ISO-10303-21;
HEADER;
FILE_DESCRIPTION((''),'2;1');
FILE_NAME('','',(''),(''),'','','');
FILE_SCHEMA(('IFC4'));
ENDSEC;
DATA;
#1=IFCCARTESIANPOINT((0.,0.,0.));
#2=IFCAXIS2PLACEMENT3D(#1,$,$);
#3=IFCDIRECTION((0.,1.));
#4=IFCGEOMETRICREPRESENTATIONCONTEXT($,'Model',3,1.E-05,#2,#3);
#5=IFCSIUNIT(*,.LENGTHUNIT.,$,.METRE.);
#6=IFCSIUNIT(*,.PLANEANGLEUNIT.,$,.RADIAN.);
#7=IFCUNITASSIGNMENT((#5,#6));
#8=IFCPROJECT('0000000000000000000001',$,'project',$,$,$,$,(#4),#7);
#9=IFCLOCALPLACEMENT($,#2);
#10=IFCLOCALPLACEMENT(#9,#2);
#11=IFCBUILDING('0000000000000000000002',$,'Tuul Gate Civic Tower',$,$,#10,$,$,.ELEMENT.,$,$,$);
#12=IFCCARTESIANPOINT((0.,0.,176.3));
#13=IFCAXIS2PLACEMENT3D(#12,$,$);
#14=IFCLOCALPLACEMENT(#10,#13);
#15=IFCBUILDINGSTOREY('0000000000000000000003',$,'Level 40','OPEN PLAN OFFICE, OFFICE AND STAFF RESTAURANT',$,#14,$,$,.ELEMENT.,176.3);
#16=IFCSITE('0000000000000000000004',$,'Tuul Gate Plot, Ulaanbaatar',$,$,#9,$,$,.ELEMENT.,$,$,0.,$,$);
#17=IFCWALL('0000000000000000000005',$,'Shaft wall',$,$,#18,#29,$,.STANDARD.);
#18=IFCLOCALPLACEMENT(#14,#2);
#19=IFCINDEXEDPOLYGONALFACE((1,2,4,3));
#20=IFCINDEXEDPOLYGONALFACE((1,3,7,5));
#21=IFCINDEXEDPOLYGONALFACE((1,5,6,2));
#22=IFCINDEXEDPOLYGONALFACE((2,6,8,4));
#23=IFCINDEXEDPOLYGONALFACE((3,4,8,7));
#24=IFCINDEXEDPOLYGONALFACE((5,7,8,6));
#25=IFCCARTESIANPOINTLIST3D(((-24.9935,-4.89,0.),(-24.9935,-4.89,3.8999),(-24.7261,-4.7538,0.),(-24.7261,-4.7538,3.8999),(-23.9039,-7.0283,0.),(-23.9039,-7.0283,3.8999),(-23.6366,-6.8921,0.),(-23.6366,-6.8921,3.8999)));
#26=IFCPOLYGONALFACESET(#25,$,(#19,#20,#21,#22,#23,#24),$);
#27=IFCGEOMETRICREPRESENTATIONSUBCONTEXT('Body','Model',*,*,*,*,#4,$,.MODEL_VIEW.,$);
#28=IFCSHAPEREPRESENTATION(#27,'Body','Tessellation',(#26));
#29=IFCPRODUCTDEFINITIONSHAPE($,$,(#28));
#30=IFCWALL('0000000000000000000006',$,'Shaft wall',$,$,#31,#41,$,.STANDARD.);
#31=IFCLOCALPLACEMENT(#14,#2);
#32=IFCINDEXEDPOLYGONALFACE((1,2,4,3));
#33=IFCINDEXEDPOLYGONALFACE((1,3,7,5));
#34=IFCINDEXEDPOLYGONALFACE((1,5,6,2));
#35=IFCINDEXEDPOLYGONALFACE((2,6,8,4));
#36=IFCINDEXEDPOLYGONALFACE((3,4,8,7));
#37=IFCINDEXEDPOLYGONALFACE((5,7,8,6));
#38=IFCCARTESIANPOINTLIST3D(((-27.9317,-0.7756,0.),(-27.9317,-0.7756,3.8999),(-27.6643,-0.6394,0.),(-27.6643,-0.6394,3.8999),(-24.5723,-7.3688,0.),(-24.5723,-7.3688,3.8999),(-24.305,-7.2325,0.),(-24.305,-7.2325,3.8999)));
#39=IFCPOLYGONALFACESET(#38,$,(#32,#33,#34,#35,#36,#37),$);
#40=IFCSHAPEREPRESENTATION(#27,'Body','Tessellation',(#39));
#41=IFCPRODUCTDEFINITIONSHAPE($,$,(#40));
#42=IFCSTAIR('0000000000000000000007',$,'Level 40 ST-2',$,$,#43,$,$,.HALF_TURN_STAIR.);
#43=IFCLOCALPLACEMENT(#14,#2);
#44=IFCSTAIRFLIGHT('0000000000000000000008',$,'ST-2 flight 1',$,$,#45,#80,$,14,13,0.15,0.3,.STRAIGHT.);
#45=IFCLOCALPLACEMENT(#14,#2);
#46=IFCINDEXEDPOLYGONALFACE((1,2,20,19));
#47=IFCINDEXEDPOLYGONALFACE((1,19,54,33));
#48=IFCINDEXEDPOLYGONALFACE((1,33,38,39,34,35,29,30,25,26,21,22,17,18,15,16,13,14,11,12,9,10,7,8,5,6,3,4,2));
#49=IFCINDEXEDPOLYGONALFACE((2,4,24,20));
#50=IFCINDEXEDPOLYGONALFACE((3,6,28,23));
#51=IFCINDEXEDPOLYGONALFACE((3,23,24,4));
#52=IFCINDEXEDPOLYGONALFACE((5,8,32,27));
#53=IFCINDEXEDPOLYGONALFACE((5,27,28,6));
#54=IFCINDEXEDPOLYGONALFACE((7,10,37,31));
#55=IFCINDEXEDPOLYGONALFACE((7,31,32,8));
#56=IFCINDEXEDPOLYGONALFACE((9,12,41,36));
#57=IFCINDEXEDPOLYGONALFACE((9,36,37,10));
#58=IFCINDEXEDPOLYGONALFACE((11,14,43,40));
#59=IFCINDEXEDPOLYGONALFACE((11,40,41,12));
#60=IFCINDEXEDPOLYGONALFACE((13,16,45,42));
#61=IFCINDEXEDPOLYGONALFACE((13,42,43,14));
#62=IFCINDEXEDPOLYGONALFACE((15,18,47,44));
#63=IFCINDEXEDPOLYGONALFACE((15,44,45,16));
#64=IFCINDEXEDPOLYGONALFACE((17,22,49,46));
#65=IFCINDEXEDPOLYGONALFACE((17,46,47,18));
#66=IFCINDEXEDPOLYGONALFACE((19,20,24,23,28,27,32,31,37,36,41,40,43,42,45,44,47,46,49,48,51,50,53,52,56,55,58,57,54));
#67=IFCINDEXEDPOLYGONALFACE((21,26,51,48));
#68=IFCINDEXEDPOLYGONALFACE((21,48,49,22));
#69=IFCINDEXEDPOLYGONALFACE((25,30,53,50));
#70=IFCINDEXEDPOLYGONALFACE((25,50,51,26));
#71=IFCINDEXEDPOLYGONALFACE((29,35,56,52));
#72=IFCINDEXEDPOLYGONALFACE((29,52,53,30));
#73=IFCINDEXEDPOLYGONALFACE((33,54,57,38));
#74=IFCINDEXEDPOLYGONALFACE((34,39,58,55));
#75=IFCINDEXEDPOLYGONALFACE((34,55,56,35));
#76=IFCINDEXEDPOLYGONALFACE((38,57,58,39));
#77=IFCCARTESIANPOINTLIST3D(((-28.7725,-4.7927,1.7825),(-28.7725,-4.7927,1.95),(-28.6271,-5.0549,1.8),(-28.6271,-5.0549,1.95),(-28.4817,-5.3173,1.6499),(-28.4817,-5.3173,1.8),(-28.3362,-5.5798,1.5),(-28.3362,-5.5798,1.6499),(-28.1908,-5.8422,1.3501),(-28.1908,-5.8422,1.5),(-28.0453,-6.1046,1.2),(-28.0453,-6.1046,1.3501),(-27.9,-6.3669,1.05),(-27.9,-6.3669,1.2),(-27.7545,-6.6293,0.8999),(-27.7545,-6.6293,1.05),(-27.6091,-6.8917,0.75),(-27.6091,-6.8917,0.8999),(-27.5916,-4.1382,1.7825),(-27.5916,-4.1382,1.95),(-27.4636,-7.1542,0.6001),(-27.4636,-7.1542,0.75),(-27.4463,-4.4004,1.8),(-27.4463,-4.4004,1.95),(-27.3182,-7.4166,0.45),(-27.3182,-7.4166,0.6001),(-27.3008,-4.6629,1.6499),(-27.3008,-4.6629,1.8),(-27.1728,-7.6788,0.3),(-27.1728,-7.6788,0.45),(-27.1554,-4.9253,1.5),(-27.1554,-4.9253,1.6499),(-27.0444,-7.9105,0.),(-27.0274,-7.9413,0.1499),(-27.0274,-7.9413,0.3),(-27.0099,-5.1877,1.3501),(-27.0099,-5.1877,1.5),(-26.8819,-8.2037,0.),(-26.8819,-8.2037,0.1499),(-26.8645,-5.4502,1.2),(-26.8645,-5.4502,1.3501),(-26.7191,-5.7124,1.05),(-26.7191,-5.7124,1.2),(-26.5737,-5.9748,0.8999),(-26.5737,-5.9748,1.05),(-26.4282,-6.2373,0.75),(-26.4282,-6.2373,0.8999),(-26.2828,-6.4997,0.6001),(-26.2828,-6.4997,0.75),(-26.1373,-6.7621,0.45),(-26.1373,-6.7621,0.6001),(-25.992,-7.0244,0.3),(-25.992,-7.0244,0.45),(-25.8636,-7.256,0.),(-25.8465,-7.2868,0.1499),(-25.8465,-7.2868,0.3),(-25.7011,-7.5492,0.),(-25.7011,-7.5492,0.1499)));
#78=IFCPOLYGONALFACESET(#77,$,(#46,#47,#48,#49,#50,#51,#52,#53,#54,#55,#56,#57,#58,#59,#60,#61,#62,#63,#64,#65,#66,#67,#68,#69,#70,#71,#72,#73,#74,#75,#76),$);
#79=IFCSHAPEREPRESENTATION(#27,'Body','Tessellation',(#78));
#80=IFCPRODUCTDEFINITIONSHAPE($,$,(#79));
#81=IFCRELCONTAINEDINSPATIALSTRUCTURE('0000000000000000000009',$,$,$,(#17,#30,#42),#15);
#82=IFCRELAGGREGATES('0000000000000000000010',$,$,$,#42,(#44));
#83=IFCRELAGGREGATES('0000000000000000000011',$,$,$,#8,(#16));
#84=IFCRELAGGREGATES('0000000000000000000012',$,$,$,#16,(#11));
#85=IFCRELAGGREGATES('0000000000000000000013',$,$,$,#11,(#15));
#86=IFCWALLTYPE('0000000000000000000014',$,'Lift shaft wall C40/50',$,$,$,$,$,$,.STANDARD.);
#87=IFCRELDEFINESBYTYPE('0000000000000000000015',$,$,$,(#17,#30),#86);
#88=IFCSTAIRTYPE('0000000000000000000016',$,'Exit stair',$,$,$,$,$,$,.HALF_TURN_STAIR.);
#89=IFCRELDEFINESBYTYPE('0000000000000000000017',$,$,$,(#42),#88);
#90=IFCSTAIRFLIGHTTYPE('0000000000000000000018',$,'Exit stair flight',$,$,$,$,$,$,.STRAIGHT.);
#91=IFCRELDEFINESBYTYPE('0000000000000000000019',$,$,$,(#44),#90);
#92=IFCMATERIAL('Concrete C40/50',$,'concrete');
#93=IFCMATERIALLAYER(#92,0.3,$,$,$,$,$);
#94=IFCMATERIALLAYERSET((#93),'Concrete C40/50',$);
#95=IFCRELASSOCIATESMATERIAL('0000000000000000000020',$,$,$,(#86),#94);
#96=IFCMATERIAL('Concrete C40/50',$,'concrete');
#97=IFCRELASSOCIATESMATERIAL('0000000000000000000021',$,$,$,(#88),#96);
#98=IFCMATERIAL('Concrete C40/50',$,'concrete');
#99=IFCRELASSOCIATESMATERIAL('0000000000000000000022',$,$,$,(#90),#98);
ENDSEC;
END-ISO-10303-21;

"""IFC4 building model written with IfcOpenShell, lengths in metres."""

from ifc_helpers import new_model, si_unit, direction, frame, frame_2d, origin, place, context, subcontext, project, spatial, polyline, rectangle, outline, extrude, material, layer, layer_set, type_object, element, aggregate, save


model = new_model("IFC4")

# Units and contexts
model_context = context("Model", 3, precision=1e-05, world=origin(), true_north=direction((0.0, 1.0)))
body_context = subcontext(model_context, "Body", "Model", "MODEL_VIEW")
ifc_project = project(units=[si_unit("LENGTHUNIT", "METRE"), si_unit("PLANEANGLEUNIT", "RADIAN")], contexts=[model_context])

# Site, building, storey
site_placement = place(None, origin())
site = spatial("IfcSite", under=ifc_project, at=site_placement, Name="Tuul Gate Plot, Ulaanbaatar", CompositionType="ELEMENT", RefElevation=0.0)
building_placement = place(site_placement, origin())
building = spatial("IfcBuilding", under=site, at=building_placement, Name="Tuul Gate Civic Tower", CompositionType="ELEMENT")
storey_placement = place(building_placement, frame((0.0, 0.0, 176.3)))
storey = spatial("IfcBuildingStorey", under=building, at=storey_placement, Name="Level 40", Description="OPEN PLAN OFFICE, OFFICE AND STAFF RESTAURANT", CompositionType="ELEMENT", Elevation=176.3)

# Walls
ifc_material_1 = material(Name="Concrete C40/50", Category="concrete")
ifc_layer_1 = layer(ifc_material_1, 0.3)
ifc_layer_set_1 = layer_set([ifc_layer_1], Name="Concrete C40/50")
wall_type_1 = type_object("IfcWallType", Name="Lift shaft wall C40/50", PredefinedType="STANDARD", material=ifc_layer_set_1)
wall_1_placement = place(storey_placement, frame((-23.7703, -6.9602, 0.0), z_axis=(0.0, 0.0, 1.0), x_axis=(-0.453996, 0.891004, 0.0)))
element("IfcWall", 1, at=wall_1_placement, inside=storey, type_object=wall_type_1, Name="Shaft wall", PredefinedType="STANDARD", context=body_context, shape_type="SweptSolid", body=[
    extrude(rectangle(XDim=2.3999, YDim=0.3, at=frame_2d((1.2, 0.0))), origin(), (0.0, 0.0, 1.0), 3.8999),
])
wall_2_placement = place(storey_placement, frame((-24.4387, -7.3005, 0.0), z_axis=(0.0, 0.0, 1.0), x_axis=(-0.453984, 0.89101, 0.0)))
element("IfcWall", 2, at=wall_2_placement, inside=storey, type_object=wall_type_1, Name="Shaft wall", PredefinedType="STANDARD", context=body_context, shape_type="SweptSolid", body=[
    extrude(rectangle(XDim=7.3997, YDim=0.3, at=frame_2d((3.6997, 0.0))), origin(), (0.0, 0.0, 1.0), 3.8999),
])

# Stair, stair flight
ifc_material_2 = material(Name="Concrete C40/50", Category="concrete")
stair_type = type_object("IfcStairType", Name="Exit stair", PredefinedType="HALF_TURN_STAIR", material=ifc_material_2)
stair_placement = place(storey_placement, origin())
stair = element("IfcStair", 3, at=stair_placement, inside=storey, type_object=stair_type, Name="Level 40 ST-2", PredefinedType="HALF_TURN_STAIR")
ifc_material_3 = material(Name="Concrete C40/50", Category="concrete")
stair_flight_type = type_object("IfcStairFlightType", Name="Exit stair flight", PredefinedType="STRAIGHT", material=ifc_material_3)
stair_flight_placement = place(storey_placement, frame((-26.2915, -7.8765, 0.0), z_axis=(0.0, 0.0, 1.0), x_axis=(-0.484762, 0.874646, 0.0)))
stair_flight = element("IfcStairFlight", 4, at=stair_flight_placement, type_object=stair_flight_type, Name="ST-2 flight 1", NumberOfRisers=14, NumberOfTreads=13, PredefinedType="STRAIGHT", RiserHeight=0.15, TreadLength=0.3, context=body_context, shape_type="SweptSolid", body=[
    extrude(outline(polyline([(0.0, 0.0), (0.0, 0.1499), (0.3, 0.1499), (0.3, 0.3), (0.6001, 0.3), (0.6001, 0.45), (0.8999, 0.45), (0.8999, 0.6001), (1.2, 0.6001), (1.2, 0.75), (1.5, 0.75), (1.5, 0.8999), (1.8, 0.8999), (1.8, 1.05), (2.1001, 1.05), (2.1001, 1.2), (2.3999, 1.2), (2.3999, 1.3501), (2.7, 1.3501), (2.7, 1.5), (3.0, 1.5), (3.0, 1.6499), (3.3, 1.6499), (3.3, 1.8), (3.6001, 1.8), (3.6001, 1.95), (3.8999, 1.95), (3.8999, 2.1001), (3.8999, 1.7825), (0.3352, 0.0), (0.0, 0.0)])), frame((0.0, 0.675, 0.0), z_axis=(0.0, -1.0, 0.0), x_axis=(1.0, 0.0, 0.0)), (0.0, 0.0, 1.0), 1.3501),
])
aggregate(stair, [stair_flight])

save(model, "model.ifc")
